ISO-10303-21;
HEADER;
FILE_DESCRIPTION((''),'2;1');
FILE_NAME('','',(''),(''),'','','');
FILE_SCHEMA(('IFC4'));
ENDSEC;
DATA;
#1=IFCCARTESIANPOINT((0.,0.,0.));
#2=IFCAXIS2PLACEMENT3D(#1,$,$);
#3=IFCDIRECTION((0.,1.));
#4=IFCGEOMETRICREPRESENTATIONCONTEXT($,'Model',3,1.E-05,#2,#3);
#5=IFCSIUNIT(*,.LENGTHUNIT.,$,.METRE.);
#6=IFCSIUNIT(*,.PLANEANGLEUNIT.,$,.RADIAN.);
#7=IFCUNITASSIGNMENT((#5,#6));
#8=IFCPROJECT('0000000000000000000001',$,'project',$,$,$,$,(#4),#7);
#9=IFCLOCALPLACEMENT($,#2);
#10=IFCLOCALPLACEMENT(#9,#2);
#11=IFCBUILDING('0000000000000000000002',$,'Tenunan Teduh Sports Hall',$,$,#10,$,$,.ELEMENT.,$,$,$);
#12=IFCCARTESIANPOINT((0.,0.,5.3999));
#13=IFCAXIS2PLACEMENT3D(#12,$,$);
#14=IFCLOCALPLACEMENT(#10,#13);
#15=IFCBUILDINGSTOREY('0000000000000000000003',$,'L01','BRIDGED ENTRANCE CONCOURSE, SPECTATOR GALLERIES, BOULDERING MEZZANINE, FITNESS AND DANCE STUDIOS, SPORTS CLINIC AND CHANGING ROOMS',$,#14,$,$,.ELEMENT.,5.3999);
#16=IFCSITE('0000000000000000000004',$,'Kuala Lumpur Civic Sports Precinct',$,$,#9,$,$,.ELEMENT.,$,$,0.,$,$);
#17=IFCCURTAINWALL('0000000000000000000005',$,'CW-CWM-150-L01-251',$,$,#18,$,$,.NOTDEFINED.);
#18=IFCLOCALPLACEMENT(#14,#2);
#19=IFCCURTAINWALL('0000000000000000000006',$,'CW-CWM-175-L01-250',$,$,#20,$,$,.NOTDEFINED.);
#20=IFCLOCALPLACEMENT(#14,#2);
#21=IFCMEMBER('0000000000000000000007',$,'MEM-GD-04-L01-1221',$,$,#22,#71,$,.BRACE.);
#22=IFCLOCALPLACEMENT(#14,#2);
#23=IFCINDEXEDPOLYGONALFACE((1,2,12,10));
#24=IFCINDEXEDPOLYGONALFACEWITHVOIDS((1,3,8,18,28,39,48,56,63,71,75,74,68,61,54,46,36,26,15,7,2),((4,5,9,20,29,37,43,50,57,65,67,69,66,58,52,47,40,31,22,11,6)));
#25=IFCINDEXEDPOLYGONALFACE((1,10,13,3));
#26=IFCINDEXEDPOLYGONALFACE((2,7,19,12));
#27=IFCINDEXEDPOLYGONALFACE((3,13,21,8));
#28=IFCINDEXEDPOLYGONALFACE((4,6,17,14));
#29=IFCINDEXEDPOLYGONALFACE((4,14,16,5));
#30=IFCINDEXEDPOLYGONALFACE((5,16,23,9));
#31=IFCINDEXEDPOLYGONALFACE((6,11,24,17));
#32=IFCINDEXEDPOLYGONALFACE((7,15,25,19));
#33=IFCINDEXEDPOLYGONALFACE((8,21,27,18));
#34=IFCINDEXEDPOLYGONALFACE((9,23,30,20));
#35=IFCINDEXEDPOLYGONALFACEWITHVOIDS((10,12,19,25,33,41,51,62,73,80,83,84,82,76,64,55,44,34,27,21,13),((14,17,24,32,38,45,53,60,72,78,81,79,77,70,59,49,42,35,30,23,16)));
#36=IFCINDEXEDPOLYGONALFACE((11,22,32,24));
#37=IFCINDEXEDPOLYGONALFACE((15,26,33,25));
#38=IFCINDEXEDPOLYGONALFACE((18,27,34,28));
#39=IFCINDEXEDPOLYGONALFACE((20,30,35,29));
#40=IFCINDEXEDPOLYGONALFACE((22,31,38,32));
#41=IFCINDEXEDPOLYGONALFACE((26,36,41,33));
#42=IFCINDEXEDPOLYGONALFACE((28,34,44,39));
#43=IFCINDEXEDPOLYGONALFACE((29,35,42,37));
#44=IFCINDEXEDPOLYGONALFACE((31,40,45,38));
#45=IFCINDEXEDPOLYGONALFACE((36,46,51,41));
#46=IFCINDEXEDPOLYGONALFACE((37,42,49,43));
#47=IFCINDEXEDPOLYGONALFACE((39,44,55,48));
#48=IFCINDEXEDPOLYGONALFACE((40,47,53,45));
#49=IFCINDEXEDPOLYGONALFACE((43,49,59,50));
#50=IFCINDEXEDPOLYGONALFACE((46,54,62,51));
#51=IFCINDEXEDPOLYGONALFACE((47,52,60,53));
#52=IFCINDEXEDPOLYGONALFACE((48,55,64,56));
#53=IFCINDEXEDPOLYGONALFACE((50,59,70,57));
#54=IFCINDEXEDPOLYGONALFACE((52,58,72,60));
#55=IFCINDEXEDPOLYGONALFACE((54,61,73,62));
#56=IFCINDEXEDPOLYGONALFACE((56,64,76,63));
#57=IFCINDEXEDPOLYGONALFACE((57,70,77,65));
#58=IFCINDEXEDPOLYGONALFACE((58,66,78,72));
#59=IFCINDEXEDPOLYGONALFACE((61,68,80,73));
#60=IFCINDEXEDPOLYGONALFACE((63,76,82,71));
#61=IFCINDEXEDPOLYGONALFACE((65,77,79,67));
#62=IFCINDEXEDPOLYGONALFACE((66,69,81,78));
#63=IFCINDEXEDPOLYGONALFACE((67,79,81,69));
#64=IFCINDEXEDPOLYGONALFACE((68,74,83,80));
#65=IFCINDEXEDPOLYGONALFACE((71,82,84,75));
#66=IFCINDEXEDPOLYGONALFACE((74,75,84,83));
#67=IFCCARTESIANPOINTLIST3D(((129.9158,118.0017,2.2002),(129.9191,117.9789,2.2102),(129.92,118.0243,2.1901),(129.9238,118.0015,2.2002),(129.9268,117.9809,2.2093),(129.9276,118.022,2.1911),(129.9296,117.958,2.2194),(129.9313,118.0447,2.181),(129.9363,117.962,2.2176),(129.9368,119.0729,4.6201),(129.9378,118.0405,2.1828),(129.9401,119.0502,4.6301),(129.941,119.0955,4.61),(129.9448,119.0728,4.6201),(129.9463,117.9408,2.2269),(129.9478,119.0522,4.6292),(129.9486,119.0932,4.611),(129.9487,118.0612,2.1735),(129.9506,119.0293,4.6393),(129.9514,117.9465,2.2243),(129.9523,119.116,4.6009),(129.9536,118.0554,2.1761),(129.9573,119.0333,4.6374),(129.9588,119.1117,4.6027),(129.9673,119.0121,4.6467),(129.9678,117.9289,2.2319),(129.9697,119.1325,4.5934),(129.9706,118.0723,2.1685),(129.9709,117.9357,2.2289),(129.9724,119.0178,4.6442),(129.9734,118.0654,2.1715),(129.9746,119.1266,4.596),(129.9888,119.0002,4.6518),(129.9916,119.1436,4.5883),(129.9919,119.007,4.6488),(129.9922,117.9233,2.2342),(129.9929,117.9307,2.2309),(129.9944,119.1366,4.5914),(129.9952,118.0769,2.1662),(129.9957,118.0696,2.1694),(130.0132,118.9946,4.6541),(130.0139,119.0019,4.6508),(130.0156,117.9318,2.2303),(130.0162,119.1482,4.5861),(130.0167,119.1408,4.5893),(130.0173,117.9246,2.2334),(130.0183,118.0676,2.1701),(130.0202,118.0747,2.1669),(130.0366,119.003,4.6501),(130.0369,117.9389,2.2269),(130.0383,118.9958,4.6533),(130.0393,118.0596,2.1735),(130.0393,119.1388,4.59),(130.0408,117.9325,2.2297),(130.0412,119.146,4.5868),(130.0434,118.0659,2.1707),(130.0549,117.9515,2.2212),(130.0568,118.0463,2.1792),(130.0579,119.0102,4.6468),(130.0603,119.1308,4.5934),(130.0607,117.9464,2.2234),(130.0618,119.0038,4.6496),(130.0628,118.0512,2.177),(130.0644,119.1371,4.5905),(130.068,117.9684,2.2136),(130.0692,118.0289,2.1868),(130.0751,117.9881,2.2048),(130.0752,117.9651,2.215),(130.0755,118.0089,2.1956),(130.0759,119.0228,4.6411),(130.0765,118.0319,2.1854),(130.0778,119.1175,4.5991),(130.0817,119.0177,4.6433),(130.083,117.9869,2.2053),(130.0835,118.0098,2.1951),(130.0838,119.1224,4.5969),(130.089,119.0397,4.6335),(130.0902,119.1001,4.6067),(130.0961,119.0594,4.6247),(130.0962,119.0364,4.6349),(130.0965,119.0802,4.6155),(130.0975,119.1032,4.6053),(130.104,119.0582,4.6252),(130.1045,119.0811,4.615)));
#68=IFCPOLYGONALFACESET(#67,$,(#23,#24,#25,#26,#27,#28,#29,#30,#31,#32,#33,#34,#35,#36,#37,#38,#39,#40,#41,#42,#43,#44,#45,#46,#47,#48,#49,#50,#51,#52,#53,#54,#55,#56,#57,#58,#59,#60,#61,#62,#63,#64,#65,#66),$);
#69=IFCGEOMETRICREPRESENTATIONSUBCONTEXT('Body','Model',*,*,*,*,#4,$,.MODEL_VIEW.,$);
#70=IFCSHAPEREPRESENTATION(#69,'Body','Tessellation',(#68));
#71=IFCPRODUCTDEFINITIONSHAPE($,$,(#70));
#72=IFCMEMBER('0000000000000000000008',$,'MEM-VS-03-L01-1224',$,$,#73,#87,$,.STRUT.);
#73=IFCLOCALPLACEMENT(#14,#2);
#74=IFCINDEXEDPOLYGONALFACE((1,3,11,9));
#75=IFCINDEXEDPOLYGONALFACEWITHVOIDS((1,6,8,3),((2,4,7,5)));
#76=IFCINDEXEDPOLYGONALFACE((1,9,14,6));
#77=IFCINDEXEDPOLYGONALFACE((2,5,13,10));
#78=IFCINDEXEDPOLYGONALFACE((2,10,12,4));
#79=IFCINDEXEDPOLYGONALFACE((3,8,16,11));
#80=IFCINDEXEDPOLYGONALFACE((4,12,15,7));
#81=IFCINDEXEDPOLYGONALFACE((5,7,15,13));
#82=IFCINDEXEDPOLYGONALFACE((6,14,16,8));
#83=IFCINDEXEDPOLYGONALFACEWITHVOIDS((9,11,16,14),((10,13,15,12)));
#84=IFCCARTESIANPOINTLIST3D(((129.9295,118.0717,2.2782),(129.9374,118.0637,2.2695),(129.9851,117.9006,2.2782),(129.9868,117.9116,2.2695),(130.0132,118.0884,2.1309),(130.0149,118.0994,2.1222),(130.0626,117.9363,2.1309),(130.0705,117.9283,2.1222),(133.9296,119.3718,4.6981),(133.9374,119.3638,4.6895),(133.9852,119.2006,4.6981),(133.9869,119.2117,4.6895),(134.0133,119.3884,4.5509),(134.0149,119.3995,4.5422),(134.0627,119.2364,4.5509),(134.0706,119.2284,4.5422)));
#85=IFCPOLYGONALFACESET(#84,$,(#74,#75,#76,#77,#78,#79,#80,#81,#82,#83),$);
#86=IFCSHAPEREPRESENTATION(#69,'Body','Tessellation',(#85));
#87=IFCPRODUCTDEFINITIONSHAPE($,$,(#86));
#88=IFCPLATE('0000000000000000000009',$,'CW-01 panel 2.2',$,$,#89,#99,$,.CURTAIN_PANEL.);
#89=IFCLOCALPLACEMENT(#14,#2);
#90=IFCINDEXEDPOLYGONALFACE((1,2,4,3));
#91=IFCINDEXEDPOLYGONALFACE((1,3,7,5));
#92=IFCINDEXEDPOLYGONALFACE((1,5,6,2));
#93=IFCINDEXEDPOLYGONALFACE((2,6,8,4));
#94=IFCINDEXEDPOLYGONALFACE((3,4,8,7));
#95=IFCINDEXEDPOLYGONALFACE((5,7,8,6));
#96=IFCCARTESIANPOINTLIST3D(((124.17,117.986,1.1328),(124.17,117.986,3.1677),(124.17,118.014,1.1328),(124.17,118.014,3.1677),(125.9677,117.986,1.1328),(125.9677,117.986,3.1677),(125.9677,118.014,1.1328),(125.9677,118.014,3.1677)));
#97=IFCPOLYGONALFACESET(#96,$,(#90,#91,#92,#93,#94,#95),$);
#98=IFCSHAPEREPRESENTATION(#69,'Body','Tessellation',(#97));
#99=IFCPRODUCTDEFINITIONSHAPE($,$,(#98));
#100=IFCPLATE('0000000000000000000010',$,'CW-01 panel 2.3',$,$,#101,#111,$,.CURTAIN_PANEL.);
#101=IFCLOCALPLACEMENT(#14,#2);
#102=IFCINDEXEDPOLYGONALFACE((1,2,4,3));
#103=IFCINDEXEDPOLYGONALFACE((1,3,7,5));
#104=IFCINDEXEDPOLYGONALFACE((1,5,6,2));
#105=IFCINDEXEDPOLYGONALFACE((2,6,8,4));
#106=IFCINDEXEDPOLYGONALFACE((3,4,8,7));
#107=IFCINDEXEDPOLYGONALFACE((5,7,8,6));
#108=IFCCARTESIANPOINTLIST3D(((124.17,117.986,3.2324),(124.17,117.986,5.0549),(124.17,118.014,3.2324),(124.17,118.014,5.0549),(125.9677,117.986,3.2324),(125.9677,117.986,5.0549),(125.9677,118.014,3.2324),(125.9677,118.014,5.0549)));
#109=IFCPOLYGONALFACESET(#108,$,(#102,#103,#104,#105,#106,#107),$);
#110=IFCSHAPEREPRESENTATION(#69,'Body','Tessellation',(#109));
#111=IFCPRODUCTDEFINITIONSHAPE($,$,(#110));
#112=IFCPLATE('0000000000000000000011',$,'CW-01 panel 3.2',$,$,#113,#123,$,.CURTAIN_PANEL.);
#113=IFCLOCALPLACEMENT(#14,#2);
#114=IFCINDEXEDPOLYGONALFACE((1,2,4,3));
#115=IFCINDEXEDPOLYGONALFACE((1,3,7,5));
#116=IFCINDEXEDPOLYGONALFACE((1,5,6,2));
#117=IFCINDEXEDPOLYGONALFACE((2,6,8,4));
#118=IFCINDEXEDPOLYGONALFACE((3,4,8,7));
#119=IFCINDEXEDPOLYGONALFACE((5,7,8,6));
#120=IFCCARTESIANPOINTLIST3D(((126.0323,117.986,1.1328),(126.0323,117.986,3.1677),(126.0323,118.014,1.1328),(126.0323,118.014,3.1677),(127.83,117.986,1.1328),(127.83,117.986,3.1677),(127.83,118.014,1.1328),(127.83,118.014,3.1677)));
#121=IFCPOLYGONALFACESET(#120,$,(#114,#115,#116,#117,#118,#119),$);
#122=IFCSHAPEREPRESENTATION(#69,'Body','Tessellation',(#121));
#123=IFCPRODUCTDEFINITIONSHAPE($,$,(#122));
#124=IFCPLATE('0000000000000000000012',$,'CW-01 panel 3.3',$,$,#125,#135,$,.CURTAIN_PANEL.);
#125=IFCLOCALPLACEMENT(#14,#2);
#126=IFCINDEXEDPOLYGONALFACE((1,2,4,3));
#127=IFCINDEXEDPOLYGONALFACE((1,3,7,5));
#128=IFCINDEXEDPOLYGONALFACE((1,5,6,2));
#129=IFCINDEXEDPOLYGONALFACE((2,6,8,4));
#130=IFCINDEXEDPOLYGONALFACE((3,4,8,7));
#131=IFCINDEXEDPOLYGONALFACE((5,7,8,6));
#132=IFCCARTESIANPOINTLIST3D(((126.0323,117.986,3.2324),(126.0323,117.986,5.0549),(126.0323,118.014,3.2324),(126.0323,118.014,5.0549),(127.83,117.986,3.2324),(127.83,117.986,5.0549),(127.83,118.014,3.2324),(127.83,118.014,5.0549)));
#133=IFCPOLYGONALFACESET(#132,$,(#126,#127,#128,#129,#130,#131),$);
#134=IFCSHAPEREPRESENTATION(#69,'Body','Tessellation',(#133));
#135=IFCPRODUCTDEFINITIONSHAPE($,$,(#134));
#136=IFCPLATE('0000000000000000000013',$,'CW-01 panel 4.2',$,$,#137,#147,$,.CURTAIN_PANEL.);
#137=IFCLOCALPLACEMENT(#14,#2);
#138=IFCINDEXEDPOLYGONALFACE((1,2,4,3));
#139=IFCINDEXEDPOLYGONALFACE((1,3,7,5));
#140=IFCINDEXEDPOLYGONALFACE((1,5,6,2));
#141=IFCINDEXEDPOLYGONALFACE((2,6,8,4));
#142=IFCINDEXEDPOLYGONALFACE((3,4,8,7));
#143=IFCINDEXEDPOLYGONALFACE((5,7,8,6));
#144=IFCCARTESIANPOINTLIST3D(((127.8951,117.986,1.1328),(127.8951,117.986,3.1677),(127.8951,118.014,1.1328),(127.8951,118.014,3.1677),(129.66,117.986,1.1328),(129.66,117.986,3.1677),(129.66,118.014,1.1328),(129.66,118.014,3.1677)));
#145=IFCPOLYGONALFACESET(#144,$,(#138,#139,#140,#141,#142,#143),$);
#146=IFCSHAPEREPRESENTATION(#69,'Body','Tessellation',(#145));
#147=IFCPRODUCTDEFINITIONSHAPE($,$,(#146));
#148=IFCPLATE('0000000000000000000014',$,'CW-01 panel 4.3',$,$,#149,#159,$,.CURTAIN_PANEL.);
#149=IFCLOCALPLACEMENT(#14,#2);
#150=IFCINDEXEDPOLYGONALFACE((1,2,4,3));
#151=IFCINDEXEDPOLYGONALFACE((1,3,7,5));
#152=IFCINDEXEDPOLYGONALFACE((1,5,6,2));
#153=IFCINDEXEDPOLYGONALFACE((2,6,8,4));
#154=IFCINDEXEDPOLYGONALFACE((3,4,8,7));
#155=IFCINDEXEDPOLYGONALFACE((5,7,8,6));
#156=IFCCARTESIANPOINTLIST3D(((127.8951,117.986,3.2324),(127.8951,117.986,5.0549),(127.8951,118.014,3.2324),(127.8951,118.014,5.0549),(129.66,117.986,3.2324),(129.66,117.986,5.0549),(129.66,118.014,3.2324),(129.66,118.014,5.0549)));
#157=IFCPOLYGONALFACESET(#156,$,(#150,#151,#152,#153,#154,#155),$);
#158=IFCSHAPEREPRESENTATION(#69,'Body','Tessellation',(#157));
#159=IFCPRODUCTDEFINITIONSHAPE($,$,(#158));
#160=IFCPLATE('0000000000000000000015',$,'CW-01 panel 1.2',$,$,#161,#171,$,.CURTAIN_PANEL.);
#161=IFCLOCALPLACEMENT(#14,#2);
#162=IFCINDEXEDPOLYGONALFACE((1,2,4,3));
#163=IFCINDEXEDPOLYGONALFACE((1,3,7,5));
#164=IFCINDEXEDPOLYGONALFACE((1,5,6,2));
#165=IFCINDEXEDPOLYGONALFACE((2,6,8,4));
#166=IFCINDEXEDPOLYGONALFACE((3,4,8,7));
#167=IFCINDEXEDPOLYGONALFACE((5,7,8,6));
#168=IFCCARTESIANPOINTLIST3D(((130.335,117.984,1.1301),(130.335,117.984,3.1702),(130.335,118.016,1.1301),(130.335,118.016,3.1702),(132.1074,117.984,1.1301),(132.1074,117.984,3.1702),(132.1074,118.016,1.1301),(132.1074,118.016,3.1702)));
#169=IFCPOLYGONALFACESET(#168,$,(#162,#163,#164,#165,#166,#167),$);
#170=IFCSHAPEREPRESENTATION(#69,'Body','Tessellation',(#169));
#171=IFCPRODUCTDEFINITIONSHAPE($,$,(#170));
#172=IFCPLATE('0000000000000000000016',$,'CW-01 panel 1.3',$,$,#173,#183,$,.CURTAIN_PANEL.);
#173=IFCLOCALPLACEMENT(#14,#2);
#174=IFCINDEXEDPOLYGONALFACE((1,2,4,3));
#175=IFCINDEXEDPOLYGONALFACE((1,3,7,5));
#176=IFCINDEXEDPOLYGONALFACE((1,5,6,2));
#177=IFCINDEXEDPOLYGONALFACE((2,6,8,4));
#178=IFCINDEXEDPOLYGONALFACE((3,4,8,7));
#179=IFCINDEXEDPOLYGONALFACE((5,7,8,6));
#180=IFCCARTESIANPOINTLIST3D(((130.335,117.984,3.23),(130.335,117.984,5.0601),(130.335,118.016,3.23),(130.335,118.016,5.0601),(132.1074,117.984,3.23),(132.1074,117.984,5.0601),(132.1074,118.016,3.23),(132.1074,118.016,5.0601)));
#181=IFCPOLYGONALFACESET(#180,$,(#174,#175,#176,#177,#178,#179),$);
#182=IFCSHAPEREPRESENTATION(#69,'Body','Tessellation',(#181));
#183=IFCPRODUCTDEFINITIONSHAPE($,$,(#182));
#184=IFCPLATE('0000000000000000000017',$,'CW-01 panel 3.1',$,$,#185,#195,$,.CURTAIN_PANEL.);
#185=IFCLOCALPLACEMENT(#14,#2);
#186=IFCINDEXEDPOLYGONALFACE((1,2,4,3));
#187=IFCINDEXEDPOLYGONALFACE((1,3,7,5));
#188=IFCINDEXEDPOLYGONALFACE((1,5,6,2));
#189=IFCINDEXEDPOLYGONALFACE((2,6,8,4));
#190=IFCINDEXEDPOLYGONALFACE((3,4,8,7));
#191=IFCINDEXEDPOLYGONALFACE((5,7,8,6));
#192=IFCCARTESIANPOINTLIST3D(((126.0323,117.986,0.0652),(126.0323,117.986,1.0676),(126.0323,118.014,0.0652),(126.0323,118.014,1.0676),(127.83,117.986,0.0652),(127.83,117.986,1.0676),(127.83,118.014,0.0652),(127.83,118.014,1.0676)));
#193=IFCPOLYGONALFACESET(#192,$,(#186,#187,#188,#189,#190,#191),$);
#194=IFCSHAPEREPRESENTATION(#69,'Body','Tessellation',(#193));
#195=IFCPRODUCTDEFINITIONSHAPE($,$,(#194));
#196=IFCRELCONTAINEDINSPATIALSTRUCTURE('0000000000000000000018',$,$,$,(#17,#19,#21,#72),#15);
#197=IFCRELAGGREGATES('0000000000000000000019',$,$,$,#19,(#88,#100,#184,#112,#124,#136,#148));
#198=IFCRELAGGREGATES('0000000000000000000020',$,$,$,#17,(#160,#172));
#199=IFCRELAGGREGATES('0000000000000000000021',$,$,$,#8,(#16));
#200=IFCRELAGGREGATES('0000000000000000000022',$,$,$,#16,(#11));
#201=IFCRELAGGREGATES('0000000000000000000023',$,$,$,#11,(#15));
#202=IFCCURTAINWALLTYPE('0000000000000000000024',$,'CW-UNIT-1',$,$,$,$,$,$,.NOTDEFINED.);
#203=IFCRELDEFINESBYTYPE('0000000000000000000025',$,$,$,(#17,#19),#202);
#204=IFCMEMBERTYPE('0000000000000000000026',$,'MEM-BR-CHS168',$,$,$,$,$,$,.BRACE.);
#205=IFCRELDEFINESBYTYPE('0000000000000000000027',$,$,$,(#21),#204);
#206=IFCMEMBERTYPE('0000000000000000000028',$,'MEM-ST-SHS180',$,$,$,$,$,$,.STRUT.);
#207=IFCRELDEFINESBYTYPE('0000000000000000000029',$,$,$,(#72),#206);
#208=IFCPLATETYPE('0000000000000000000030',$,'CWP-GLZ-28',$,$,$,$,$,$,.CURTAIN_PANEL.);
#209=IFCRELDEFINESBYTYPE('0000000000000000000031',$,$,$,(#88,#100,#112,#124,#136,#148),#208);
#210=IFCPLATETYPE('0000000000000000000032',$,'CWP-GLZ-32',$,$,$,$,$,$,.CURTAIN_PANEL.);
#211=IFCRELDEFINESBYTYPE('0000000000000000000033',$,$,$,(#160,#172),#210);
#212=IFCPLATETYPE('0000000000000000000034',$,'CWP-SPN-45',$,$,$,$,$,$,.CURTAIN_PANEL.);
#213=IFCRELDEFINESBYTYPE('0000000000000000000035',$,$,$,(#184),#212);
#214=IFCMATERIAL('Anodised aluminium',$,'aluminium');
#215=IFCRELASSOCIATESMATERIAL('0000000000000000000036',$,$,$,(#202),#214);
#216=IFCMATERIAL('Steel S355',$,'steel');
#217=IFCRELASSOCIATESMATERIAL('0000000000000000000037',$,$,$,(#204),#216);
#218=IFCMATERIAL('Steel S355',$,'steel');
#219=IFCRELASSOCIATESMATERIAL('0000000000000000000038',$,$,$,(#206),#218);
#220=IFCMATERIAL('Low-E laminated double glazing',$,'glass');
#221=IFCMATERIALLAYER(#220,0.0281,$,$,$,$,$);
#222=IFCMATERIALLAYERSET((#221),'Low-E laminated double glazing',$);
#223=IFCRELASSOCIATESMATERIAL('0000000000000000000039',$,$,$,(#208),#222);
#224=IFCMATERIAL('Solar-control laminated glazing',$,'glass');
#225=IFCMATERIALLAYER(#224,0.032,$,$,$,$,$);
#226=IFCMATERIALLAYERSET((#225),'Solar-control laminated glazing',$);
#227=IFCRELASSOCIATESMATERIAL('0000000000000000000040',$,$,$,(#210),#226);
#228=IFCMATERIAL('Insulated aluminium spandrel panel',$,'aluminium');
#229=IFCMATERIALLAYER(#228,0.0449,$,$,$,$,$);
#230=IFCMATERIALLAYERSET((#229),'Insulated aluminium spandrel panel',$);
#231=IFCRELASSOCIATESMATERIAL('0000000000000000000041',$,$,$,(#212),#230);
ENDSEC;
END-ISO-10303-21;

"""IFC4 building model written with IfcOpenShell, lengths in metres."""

from ifc_helpers import new_model, si_unit, direction, frame, origin, origin_2d, place, context, subcontext, project, spatial, rectangle, hollow_rectangle, hollow_circle, extrude, material, layer, layer_set, material_profile, profile_set, type_object, element, aggregate, save


model = new_model("IFC4")

# Units and contexts
model_context = context("Model", 3, precision=1e-05, world=origin(), true_north=direction((0.0, 1.0)))
body_context = subcontext(model_context, "Body", "Model", "MODEL_VIEW")
ifc_project = project(units=[si_unit("LENGTHUNIT", "METRE"), si_unit("PLANEANGLEUNIT", "RADIAN")], contexts=[model_context])

# Site, building, storey
site_placement = place(None, origin())
site = spatial("IfcSite", under=ifc_project, at=site_placement, Name="Kuala Lumpur Civic Sports Precinct", CompositionType="ELEMENT", RefElevation=0.0)
building_placement = place(site_placement, origin())
building = spatial("IfcBuilding", under=site, at=building_placement, Name="Tenunan Teduh Sports Hall", CompositionType="ELEMENT")
storey_placement = place(building_placement, frame((0.0, 0.0, 5.3999)))
storey = spatial("IfcBuildingStorey", under=building, at=storey_placement, Name="L01", Description="BRIDGED ENTRANCE CONCOURSE, SPECTATOR GALLERIES, BOULDERING MEZZANINE, FITNESS AND DANCE STUDIOS, SPORTS CLINIC AND CHANGING ROOMS", CompositionType="ELEMENT", Elevation=5.3999)

# Curtain walls
ifc_material_1 = material(Name="Anodised aluminium", Category="aluminium")
curtain_wall_type = type_object("IfcCurtainWallType", Name="CW-UNIT-1", PredefinedType="NOTDEFINED", material=ifc_material_1)
curtain_wall_1_placement = place(storey_placement, origin())
curtain_wall_1 = element("IfcCurtainWall", 1, at=curtain_wall_1_placement, inside=storey, type_object=curtain_wall_type, Name="CW-CWM-150-L01-251", PredefinedType="NOTDEFINED")
curtain_wall_2_placement = place(storey_placement, origin())
curtain_wall_2 = element("IfcCurtainWall", 2, at=curtain_wall_2_placement, inside=storey, type_object=curtain_wall_type, Name="CW-CWM-175-L01-250", PredefinedType="NOTDEFINED")

# Members
ifc_material_2 = material(Name="Steel S355", Category="steel")
ifc_material_profile_1 = material_profile(ifc_material_2, hollow_circle(Radius=0.0842, WallThickness=0.0081, at=origin_2d()), Name="CHS 168.3x8.0")
ifc_profile_set_1 = profile_set([ifc_material_profile_1], Name="Steel S355")
member_type_1 = type_object("IfcMemberType", Name="MEM-BR-CHS168", PredefinedType="BRACE", material=ifc_profile_set_1)
member_1_placement = place(storey_placement, frame((130.0, 118.0, 2.2002), z_axis=(0.007933, 0.40479, 0.914375), x_axis=(-0.999808, 0.019595, 0.0)))
element("IfcMember", 3, at=member_1_placement, inside=storey, type_object=member_type_1, Name="MEM-GD-04-L01-1221", PredefinedType="BRACE", context=body_context, shape_type="SweptSolid", body=[
    extrude(hollow_circle(Radius=0.0842, WallThickness=0.0081, at=origin_2d()), origin(), (0.0, 0.0, 1.0), 2.6465),
])
ifc_material_3 = material(Name="Steel S355", Category="steel")
ifc_material_profile_2 = material_profile(ifc_material_3, hollow_rectangle(XDim=0.1799, YDim=0.1799, WallThickness=0.01, at=origin_2d()), Name="SHS 180x180x10.0")
ifc_profile_set_2 = profile_set([ifc_material_profile_2], Name="Steel S355")
member_type_2 = type_object("IfcMemberType", Name="MEM-ST-SHS180", PredefinedType="STRUT", material=ifc_profile_set_2)
member_2_placement = place(storey_placement, frame((130.0, 118.0, 2.2002), z_axis=(0.824328, 0.267917, 0.498702), x_axis=(-0.309097, 0.951031, 0.0)))
element("IfcMember", 4, at=member_2_placement, inside=storey, type_object=member_type_2, Name="MEM-VS-03-L01-1224", PredefinedType="STRUT", context=body_context, shape_type="SweptSolid", body=[
    extrude(hollow_rectangle(XDim=0.1799, YDim=0.1799, WallThickness=0.01, at=origin_2d()), origin(), (0.0, 0.0, 1.0), 4.8525),
])

# Plates
ifc_material_4 = material(Name="Low-E laminated double glazing", Category="glass")
ifc_layer_1 = layer(ifc_material_4, 0.0281)
ifc_layer_set_1 = layer_set([ifc_layer_1], Name="Low-E laminated double glazing")
plate_type_1 = type_object("IfcPlateType", Name="CWP-GLZ-28", PredefinedType="CURTAIN_PANEL", material=ifc_layer_set_1)
plate_1_placement = place(storey_placement, frame((125.0688, 118.0, 1.1328), z_axis=(0.0, 0.0, 1.0), x_axis=(1.0, 0.0, 0.0)))
plate_1 = element("IfcPlate", 5, at=plate_1_placement, type_object=plate_type_1, Name="CW-01 panel 2.2", PredefinedType="CURTAIN_PANEL", context=body_context, shape_type="SweptSolid", body=[
    extrude(rectangle(XDim=1.7976, YDim=0.0281, at=origin_2d()), origin(), (0.0, 0.0, 1.0), 2.0349),
])
plate_2_placement = place(storey_placement, frame((125.0688, 118.0, 3.2324), z_axis=(0.0, 0.0, 1.0), x_axis=(1.0, 0.0, 0.0)))
plate_2 = element("IfcPlate", 6, at=plate_2_placement, type_object=plate_type_1, Name="CW-01 panel 2.3", PredefinedType="CURTAIN_PANEL", context=body_context, shape_type="SweptSolid", body=[
    extrude(rectangle(XDim=1.7976, YDim=0.0281, at=origin_2d()), origin(), (0.0, 0.0, 1.0), 1.8225),
])
plate_3_placement = place(storey_placement, frame((126.9312, 118.0, 1.1328), z_axis=(0.0, 0.0, 1.0), x_axis=(1.0, 0.0, 0.0)))
plate_3 = element("IfcPlate", 7, at=plate_3_placement, type_object=plate_type_1, Name="CW-01 panel 3.2", PredefinedType="CURTAIN_PANEL", context=body_context, shape_type="SweptSolid", body=[
    extrude(rectangle(XDim=1.7976, YDim=0.0281, at=origin_2d()), origin(), (0.0, 0.0, 1.0), 2.0349),
])
plate_4_placement = place(storey_placement, frame((126.9312, 118.0, 3.2324), z_axis=(0.0, 0.0, 1.0), x_axis=(1.0, 0.0, 0.0)))
plate_4 = element("IfcPlate", 8, at=plate_4_placement, type_object=plate_type_1, Name="CW-01 panel 3.3", PredefinedType="CURTAIN_PANEL", context=body_context, shape_type="SweptSolid", body=[
    extrude(rectangle(XDim=1.7976, YDim=0.0281, at=origin_2d()), origin(), (0.0, 0.0, 1.0), 1.8225),
])
plate_5_placement = place(storey_placement, frame((128.7776, 118.0, 1.1328), z_axis=(0.0, 0.0, 1.0), x_axis=(1.0, 0.0, 0.0)))
plate_5 = element("IfcPlate", 9, at=plate_5_placement, type_object=plate_type_1, Name="CW-01 panel 4.2", PredefinedType="CURTAIN_PANEL", context=body_context, shape_type="SweptSolid", body=[
    extrude(rectangle(XDim=1.7649, YDim=0.0281, at=origin_2d()), origin(), (0.0, 0.0, 1.0), 2.0349),
])
plate_6_placement = place(storey_placement, frame((128.7776, 118.0, 3.2324), z_axis=(0.0, 0.0, 1.0), x_axis=(1.0, 0.0, 0.0)))
plate_6 = element("IfcPlate", 10, at=plate_6_placement, type_object=plate_type_1, Name="CW-01 panel 4.3", PredefinedType="CURTAIN_PANEL", context=body_context, shape_type="SweptSolid", body=[
    extrude(rectangle(XDim=1.7649, YDim=0.0281, at=origin_2d()), origin(), (0.0, 0.0, 1.0), 1.8225),
])
ifc_material_5 = material(Name="Solar-control laminated glazing", Category="glass")
ifc_layer_2 = layer(ifc_material_5, 0.032)
ifc_layer_set_2 = layer_set([ifc_layer_2], Name="Solar-control laminated glazing")
plate_type_2 = type_object("IfcPlateType", Name="CWP-GLZ-32", PredefinedType="CURTAIN_PANEL", material=ifc_layer_set_2)
plate_7_placement = place(storey_placement, frame((131.2212, 118.0, 1.1301), z_axis=(0.0, 0.0, 1.0), x_axis=(1.0, 0.0, 0.0)))
plate_7 = element("IfcPlate", 11, at=plate_7_placement, type_object=plate_type_2, Name="CW-01 panel 1.2", PredefinedType="CURTAIN_PANEL", context=body_context, shape_type="SweptSolid", body=[
    extrude(rectangle(XDim=1.7725, YDim=0.032, at=origin_2d()), origin(), (0.0, 0.0, 1.0), 2.04),
])
plate_8_placement = place(storey_placement, frame((131.2212, 118.0, 3.23), z_axis=(0.0, 0.0, 1.0), x_axis=(1.0, 0.0, 0.0)))
plate_8 = element("IfcPlate", 12, at=plate_8_placement, type_object=plate_type_2, Name="CW-01 panel 1.3", PredefinedType="CURTAIN_PANEL", context=body_context, shape_type="SweptSolid", body=[
    extrude(rectangle(XDim=1.7725, YDim=0.032, at=origin_2d()), origin(), (0.0, 0.0, 1.0), 1.8301),
])
ifc_material_6 = material(Name="Insulated aluminium spandrel panel", Category="aluminium")
ifc_layer_3 = layer(ifc_material_6, 0.0449)
ifc_layer_set_3 = layer_set([ifc_layer_3], Name="Insulated aluminium spandrel panel")
plate_type_3 = type_object("IfcPlateType", Name="CWP-SPN-45", PredefinedType="CURTAIN_PANEL", material=ifc_layer_set_3)
plate_9_placement = place(storey_placement, frame((126.9312, 118.0, 0.0652), z_axis=(0.0, 0.0, 1.0), x_axis=(1.0, 0.0, 0.0)))
plate_9 = element("IfcPlate", 13, at=plate_9_placement, type_object=plate_type_3, Name="CW-01 panel 3.1", PredefinedType="CURTAIN_PANEL", context=body_context, shape_type="SweptSolid", body=[
    extrude(rectangle(XDim=1.7976, YDim=0.0281, at=origin_2d()), origin(), (0.0, 0.0, 1.0), 1.0024),
])
aggregate(curtain_wall_2, [plate_1, plate_2, plate_9, plate_3, plate_4, plate_5, plate_6])
aggregate(curtain_wall_1, [plate_7, plate_8])

save(model, "model.ifc")
